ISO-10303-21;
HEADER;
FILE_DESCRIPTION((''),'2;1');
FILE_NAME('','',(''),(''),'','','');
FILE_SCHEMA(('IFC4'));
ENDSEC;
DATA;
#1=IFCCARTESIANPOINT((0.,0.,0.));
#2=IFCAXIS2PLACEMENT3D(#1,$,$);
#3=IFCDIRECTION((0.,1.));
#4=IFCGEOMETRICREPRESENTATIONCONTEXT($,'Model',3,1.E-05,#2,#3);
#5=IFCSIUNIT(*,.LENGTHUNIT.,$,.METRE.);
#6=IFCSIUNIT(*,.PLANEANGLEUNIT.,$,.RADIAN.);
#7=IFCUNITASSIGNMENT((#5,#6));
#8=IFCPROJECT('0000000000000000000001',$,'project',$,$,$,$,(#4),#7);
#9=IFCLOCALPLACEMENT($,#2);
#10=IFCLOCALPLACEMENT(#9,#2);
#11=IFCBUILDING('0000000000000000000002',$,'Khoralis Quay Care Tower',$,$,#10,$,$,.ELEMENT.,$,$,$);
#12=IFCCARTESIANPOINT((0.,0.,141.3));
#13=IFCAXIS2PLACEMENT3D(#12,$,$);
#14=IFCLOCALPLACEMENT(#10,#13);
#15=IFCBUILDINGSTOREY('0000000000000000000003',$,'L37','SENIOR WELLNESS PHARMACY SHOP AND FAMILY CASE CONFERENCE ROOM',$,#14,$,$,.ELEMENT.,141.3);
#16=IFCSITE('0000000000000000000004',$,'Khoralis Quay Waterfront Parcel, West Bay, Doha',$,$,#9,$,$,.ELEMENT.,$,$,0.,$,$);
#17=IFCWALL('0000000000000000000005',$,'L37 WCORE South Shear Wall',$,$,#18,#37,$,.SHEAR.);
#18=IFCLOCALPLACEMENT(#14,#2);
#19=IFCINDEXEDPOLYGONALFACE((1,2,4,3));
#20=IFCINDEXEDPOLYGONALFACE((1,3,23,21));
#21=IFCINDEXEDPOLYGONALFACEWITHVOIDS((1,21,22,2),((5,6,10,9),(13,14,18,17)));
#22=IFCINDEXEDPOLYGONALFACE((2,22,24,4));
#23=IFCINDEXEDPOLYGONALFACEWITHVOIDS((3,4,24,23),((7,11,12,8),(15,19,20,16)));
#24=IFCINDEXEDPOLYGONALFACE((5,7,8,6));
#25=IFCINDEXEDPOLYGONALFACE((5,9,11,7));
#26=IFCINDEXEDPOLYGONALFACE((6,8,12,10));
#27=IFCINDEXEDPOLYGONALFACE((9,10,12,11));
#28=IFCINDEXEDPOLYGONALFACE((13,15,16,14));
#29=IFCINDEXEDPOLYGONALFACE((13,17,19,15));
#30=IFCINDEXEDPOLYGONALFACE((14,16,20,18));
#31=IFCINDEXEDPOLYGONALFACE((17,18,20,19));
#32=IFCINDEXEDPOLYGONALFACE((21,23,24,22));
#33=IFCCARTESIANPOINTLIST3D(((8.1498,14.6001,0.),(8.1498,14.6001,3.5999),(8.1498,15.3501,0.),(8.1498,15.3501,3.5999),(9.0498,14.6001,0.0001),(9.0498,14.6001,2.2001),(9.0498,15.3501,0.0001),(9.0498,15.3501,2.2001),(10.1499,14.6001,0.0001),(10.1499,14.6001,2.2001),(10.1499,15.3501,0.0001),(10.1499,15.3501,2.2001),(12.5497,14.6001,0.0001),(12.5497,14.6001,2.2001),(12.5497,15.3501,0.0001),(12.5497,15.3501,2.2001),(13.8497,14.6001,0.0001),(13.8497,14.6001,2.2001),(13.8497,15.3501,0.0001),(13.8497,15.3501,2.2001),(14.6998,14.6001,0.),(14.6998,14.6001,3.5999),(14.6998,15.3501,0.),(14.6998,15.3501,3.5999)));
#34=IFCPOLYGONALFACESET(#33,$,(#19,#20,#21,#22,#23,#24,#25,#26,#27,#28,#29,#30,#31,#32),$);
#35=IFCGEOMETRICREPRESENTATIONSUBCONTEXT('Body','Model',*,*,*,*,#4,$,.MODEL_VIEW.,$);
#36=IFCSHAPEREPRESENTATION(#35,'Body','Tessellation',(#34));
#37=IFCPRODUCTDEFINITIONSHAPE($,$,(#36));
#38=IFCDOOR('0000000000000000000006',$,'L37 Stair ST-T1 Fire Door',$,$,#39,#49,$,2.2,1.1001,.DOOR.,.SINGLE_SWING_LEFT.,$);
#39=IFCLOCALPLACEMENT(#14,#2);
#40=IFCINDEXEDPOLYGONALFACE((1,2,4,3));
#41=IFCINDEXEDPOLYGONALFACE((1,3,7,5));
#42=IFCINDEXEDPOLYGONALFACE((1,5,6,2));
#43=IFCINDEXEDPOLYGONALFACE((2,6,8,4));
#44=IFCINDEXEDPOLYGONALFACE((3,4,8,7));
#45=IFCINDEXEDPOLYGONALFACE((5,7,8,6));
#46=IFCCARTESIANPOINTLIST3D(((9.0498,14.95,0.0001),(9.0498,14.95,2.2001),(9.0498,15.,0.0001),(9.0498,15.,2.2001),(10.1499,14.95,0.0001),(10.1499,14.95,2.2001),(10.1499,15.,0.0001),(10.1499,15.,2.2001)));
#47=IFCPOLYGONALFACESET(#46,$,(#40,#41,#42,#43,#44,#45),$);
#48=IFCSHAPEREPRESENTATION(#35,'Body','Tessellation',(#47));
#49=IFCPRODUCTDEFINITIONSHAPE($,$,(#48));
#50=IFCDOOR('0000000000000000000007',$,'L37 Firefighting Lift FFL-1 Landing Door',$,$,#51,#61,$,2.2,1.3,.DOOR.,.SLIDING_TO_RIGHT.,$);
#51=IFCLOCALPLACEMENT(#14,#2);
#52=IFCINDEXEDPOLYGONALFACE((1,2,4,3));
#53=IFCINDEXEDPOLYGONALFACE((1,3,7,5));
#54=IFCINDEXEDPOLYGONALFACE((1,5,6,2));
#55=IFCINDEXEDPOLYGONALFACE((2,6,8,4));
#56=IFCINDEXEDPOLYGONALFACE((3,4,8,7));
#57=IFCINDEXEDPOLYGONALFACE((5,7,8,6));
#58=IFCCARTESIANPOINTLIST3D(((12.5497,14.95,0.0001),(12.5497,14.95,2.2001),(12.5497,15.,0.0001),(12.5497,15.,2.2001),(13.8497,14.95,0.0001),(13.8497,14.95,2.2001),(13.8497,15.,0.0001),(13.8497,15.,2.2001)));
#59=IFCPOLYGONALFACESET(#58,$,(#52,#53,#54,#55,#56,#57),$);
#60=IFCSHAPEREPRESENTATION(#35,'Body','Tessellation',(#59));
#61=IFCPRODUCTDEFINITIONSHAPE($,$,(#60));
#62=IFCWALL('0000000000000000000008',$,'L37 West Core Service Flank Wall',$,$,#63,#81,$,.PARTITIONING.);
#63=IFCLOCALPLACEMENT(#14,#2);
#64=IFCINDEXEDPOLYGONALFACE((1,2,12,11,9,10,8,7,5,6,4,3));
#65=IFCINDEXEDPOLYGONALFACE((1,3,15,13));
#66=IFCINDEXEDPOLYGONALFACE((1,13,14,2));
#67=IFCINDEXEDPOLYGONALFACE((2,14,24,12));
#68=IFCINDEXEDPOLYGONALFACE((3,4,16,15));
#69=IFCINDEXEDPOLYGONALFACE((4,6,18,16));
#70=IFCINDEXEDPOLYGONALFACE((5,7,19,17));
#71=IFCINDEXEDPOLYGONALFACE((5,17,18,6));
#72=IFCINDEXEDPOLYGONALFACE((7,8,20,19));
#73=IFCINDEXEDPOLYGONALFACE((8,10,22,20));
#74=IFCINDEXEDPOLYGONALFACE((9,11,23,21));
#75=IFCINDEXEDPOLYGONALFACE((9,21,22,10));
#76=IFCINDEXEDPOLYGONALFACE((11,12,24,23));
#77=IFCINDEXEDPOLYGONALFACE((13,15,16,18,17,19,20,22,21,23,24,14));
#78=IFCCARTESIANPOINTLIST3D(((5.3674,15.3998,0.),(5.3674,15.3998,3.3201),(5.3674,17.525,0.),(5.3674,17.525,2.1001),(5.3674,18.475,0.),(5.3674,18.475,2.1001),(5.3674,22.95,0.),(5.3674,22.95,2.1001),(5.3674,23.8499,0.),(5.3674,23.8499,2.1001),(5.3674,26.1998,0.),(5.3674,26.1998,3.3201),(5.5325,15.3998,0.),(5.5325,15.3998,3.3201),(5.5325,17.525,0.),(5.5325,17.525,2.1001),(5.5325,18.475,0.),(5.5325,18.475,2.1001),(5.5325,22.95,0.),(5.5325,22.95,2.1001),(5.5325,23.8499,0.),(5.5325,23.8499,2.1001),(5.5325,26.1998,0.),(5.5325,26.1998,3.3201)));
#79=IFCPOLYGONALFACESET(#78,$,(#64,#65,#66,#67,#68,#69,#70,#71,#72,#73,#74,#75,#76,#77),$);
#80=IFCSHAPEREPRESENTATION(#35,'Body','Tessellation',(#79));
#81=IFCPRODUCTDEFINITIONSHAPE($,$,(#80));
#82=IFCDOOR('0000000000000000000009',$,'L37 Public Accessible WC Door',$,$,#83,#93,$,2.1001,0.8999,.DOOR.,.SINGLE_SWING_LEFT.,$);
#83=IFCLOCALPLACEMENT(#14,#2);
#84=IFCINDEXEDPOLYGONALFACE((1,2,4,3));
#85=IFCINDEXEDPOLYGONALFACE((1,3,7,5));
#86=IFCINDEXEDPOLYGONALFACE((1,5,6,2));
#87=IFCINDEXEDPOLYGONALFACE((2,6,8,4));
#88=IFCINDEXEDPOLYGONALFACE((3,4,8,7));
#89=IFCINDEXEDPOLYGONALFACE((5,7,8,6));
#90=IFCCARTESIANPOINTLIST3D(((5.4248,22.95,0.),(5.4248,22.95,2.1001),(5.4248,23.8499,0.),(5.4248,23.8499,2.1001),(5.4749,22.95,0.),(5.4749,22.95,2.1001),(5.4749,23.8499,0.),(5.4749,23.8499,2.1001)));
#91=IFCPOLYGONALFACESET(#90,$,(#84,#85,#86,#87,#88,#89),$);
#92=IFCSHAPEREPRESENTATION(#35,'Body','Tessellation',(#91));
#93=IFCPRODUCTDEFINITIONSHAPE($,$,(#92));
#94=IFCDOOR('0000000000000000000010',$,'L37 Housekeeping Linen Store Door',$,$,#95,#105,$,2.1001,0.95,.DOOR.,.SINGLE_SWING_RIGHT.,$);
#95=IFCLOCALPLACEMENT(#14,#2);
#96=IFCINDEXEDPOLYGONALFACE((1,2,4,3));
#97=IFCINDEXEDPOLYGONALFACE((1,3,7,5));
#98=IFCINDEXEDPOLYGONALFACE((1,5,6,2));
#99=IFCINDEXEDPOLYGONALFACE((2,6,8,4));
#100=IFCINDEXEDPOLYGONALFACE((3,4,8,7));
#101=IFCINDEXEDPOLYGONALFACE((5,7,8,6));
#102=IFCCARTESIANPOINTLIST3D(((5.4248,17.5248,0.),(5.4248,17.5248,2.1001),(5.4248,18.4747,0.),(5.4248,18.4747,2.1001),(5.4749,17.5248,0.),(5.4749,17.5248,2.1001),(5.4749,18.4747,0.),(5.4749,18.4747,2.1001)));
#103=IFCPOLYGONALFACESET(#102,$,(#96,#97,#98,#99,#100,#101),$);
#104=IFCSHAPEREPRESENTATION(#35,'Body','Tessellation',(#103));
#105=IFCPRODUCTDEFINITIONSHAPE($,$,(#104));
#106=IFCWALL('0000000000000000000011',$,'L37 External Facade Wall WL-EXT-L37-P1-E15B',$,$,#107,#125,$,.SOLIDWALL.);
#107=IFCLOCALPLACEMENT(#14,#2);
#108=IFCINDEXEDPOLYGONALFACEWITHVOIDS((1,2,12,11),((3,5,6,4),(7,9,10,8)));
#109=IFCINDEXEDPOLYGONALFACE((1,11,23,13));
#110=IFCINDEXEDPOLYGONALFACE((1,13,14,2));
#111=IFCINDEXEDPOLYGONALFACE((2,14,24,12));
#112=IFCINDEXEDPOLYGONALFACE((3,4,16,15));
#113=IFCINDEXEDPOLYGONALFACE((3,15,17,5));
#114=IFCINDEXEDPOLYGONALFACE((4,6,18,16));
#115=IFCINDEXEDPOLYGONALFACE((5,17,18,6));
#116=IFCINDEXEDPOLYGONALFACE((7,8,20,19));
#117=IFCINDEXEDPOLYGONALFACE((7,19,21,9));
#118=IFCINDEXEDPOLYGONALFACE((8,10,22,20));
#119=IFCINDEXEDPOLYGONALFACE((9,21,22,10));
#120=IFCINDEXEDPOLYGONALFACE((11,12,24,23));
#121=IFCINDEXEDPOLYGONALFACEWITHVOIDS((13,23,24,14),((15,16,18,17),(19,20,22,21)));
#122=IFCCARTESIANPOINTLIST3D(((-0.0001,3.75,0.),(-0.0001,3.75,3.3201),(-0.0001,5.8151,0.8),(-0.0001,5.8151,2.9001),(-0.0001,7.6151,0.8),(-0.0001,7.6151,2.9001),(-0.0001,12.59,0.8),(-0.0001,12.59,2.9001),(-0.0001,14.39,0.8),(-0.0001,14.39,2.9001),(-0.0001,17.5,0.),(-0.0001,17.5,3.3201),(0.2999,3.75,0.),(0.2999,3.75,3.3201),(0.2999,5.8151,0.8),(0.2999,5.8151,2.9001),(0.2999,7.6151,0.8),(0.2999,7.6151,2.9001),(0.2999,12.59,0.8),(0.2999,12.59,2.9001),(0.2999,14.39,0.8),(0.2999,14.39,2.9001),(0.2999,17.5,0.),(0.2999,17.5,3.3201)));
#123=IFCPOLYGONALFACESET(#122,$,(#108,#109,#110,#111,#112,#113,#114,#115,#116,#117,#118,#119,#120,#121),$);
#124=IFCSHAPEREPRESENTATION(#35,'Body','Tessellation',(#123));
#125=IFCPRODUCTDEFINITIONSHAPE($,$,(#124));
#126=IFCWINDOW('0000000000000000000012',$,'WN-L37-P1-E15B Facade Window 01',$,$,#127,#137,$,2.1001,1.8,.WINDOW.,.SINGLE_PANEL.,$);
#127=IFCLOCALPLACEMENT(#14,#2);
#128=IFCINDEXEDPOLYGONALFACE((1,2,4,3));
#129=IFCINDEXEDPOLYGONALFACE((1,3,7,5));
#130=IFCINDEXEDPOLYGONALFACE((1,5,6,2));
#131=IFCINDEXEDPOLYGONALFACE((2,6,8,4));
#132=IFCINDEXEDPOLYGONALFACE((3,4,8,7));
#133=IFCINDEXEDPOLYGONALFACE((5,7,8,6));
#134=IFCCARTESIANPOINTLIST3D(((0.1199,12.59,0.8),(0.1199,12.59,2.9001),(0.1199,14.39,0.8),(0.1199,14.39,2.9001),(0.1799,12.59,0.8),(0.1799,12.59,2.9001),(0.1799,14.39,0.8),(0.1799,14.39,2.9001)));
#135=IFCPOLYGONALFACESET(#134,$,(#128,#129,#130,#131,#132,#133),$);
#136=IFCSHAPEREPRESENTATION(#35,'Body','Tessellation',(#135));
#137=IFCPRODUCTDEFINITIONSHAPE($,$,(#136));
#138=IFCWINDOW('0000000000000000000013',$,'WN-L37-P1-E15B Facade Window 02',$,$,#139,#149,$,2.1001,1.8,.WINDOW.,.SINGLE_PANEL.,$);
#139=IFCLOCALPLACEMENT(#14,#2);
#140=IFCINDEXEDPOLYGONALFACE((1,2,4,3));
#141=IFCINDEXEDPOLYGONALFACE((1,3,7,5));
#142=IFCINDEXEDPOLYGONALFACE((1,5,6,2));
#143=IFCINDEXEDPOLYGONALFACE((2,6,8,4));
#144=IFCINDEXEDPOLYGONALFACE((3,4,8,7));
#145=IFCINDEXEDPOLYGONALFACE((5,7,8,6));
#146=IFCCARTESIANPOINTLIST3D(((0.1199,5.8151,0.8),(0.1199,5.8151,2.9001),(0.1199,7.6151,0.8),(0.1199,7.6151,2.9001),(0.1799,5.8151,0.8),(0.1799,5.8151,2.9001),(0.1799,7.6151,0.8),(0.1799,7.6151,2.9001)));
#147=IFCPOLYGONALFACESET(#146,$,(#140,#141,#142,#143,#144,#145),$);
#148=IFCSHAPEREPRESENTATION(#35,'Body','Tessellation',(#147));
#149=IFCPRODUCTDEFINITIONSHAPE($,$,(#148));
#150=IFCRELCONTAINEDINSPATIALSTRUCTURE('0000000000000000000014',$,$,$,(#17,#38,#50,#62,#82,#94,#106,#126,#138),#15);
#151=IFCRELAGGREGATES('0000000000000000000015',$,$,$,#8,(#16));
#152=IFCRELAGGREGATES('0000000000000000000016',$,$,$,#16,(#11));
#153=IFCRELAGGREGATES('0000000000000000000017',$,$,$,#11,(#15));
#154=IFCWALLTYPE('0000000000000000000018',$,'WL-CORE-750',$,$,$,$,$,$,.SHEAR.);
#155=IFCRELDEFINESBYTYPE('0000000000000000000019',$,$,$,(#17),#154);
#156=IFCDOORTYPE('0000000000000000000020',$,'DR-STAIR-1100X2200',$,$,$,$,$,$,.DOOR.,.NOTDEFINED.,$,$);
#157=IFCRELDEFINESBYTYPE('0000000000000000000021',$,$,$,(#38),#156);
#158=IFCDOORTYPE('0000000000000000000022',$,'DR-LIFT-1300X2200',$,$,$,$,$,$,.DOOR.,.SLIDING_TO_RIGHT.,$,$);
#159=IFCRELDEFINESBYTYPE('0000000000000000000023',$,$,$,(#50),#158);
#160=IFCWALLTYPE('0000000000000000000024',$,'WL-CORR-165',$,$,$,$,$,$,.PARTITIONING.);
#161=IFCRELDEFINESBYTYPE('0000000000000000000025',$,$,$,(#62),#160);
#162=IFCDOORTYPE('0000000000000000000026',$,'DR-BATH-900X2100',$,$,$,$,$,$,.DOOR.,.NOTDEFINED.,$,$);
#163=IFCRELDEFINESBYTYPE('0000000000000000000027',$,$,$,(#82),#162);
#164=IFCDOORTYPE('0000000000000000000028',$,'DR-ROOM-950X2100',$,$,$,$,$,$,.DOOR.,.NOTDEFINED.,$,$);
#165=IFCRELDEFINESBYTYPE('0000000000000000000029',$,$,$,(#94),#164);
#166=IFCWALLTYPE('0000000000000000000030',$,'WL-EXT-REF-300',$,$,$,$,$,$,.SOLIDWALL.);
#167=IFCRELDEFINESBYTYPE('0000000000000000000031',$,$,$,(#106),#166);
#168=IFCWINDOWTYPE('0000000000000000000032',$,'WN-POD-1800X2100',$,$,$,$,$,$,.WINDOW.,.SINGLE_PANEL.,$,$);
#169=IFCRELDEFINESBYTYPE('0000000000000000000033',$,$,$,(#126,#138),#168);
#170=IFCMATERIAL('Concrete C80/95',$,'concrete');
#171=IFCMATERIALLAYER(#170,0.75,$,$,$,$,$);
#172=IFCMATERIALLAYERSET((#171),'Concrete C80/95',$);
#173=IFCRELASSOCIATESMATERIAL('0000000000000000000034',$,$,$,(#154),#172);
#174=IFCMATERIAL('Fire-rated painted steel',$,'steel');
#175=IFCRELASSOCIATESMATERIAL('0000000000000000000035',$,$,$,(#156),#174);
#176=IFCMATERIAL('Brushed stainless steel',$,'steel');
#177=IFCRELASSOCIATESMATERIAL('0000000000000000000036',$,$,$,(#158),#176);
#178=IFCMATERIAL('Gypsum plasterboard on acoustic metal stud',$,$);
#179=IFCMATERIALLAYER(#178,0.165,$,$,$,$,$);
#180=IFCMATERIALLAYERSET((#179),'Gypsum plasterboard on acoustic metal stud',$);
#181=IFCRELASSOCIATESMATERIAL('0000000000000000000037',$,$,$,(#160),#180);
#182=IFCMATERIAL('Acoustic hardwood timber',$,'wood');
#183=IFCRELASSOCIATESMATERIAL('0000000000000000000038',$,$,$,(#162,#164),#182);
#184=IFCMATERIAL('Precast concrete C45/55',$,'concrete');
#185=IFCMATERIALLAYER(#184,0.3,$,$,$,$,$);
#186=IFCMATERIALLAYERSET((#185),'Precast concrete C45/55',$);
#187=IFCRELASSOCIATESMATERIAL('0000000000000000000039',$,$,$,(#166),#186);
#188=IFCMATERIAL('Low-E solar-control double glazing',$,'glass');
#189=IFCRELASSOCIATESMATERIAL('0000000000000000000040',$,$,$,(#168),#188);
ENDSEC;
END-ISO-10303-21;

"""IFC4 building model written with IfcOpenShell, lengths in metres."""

from ifc_helpers import new_model, si_unit, direction, frame, frame_2d, origin, place, context, subcontext, project, spatial, rectangle, extrude, source, transform, mapped, material, layer, layer_set, type_object, element, fill, save


model = new_model("IFC4")

# Units and contexts
model_context = context("Model", 3, precision=1e-05, world=origin(), true_north=direction((0.0, 1.0)))
body_context = subcontext(model_context, "Body", "Model", "MODEL_VIEW")
ifc_project = project(units=[si_unit("LENGTHUNIT", "METRE"), si_unit("PLANEANGLEUNIT", "RADIAN")], contexts=[model_context])

# Site, building, storey
site_placement = place(None, origin())
site = spatial("IfcSite", under=ifc_project, at=site_placement, Name="Khoralis Quay Waterfront Parcel, West Bay, Doha", CompositionType="ELEMENT", RefElevation=0.0)
building_placement = place(site_placement, origin())
building = spatial("IfcBuilding", under=site, at=building_placement, Name="Khoralis Quay Care Tower", CompositionType="ELEMENT")
storey_placement = place(building_placement, frame((0.0, 0.0, 141.3)))
storey = spatial("IfcBuildingStorey", under=building, at=storey_placement, Name="L37", Description="SENIOR WELLNESS PHARMACY SHOP AND FAMILY CASE CONFERENCE ROOM", CompositionType="ELEMENT", Elevation=141.3)

# Walls, openings, doors
ifc_material_1 = material(Name="Concrete C80/95", Category="concrete")
ifc_layer_1 = layer(ifc_material_1, 0.75)
ifc_layer_set_1 = layer_set([ifc_layer_1], Name="Concrete C80/95")
wall_type_1 = type_object("IfcWallType", Name="WL-CORE-750", PredefinedType="SHEAR", material=ifc_layer_set_1)
wall_1_placement = place(storey_placement, frame((8.1499, 14.9751, 0.0), z_axis=(0.0, 0.0, 1.0), x_axis=(1.0, 0.0, 0.0)))
wall_1 = element("IfcWall", 1, at=wall_1_placement, inside=storey, type_object=wall_type_1, Name="L37 WCORE South Shear Wall", PredefinedType="SHEAR", context=body_context, shape_type="SweptSolid", body=[
    extrude(rectangle(XDim=6.55, YDim=0.75, at=frame_2d((3.2749, 0.0))), origin(), (0.0, 0.0, 1.0), 3.5999),
])
opening_1_placement = place(wall_1_placement, frame((0.8999, 0.0, 0.0)))
opening_1 = element("IfcOpeningElement", 2, at=opening_1_placement, cuts=wall_1, PredefinedType="OPENING", context=body_context, shape_type="SweptSolid", body=[
    extrude(rectangle(XDim=1.1001, YDim=2.2, at=frame_2d((0.55, 1.1001))), frame((0.0, 0.385, 0.0), z_axis=(0.0, -1.0, 0.0), x_axis=(1.0, 0.0, 0.0)), (0.0, 0.0, 1.0), 0.77),
])
opening_2_placement = place(wall_1_placement, frame((4.3999, 0.0, 0.0)))
opening_2 = element("IfcOpeningElement", 3, at=opening_2_placement, cuts=wall_1, PredefinedType="OPENING", context=body_context, shape_type="SweptSolid", body=[
    extrude(rectangle(XDim=1.3, YDim=2.2, at=frame_2d((0.6499, 1.1001))), frame((0.0, 0.385, 0.0), z_axis=(0.0, -1.0, 0.0), x_axis=(1.0, 0.0, 0.0)), (0.0, 0.0, 1.0), 0.77),
])
ifc_material_2 = material(Name="Fire-rated painted steel", Category="steel")
door_type_1 = type_object("IfcDoorType", Name="DR-STAIR-1100X2200", OperationType="NOTDEFINED", PredefinedType="DOOR", material=ifc_material_2)
shared_shape_1 = source(origin(), body_context, "Body", "SweptSolid", [
    extrude(rectangle(XDim=1.1001, YDim=2.2, at=frame_2d((0.55, 1.1001))), frame((0.0, 0.0249, 0.0), z_axis=(0.0, -1.0, 0.0), x_axis=(1.0, 0.0, 0.0)), (0.0, 0.0, 1.0), 0.05),
])
door_1_placement = place(opening_1_placement, origin())
door_1 = element("IfcDoor", 4, at=door_1_placement, inside=storey, type_object=door_type_1, Name="L37 Stair ST-T1 Fire Door", OperationType="SINGLE_SWING_LEFT", OverallHeight=2.2, OverallWidth=1.1001, PredefinedType="DOOR", context=body_context, shape_type="MappedRepresentation", body=[
    mapped(shared_shape_1, transform((0.0, 0.0, 0.0), scale=1.0)),
])
fill(opening_1, door_1)
ifc_material_3 = material(Name="Brushed stainless steel", Category="steel")
door_type_2 = type_object("IfcDoorType", Name="DR-LIFT-1300X2200", OperationType="SLIDING_TO_RIGHT", PredefinedType="DOOR", material=ifc_material_3)
shared_shape_2 = source(origin(), body_context, "Body", "SweptSolid", [
    extrude(rectangle(XDim=1.3, YDim=2.2, at=frame_2d((0.6499, 1.1001))), frame((0.0, 0.0249, 0.0), z_axis=(0.0, -1.0, 0.0), x_axis=(1.0, 0.0, 0.0)), (0.0, 0.0, 1.0), 0.05),
])
door_2_placement = place(opening_2_placement, origin())
door_2 = element("IfcDoor", 5, at=door_2_placement, inside=storey, type_object=door_type_2, Name="L37 Firefighting Lift FFL-1 Landing Door", OperationType="SLIDING_TO_RIGHT", OverallHeight=2.2, OverallWidth=1.3, PredefinedType="DOOR", context=body_context, shape_type="MappedRepresentation", body=[
    mapped(shared_shape_2, transform((0.0, 0.0, 0.0), scale=1.0)),
])
fill(opening_2, door_2)
ifc_material_4 = material(Name="Gypsum plasterboard on acoustic metal stud")
ifc_layer_2 = layer(ifc_material_4, 0.165)
ifc_layer_set_2 = layer_set([ifc_layer_2], Name="Gypsum plasterboard on acoustic metal stud")
wall_type_2 = type_object("IfcWallType", Name="WL-CORR-165", PredefinedType="PARTITIONING", material=ifc_layer_set_2)
wall_2_placement = place(storey_placement, frame((5.45, 15.3999, 0.0), z_axis=(0.0, 0.0, 1.0), x_axis=(0.0, 1.0, 0.0)))
wall_2 = element("IfcWall", 6, at=wall_2_placement, inside=storey, type_object=wall_type_2, Name="L37 West Core Service Flank Wall", PredefinedType="PARTITIONING", context=body_context, shape_type="SweptSolid", body=[
    extrude(rectangle(XDim=10.8, YDim=0.165, at=frame_2d((5.3999, 0.0))), origin(), (0.0, 0.0, 1.0), 3.3201),
])
opening_3_placement = place(wall_2_placement, frame((2.125, 0.0, 0.0)))
opening_3 = element("IfcOpeningElement", 7, at=opening_3_placement, cuts=wall_2, PredefinedType="OPENING", context=body_context, shape_type="SweptSolid", body=[
    extrude(rectangle(XDim=0.95, YDim=2.1001, at=frame_2d((0.4751, 1.05))), frame((0.0, 0.0925, 0.0), z_axis=(0.0, -1.0, 0.0), x_axis=(1.0, 0.0, 0.0)), (0.0, 0.0, 1.0), 0.1851),
])
opening_4_placement = place(wall_2_placement, frame((7.55, 0.0, 0.0)))
opening_4 = element("IfcOpeningElement", 8, at=opening_4_placement, cuts=wall_2, PredefinedType="OPENING", context=body_context, shape_type="SweptSolid", body=[
    extrude(rectangle(XDim=0.8999, YDim=2.1001, at=frame_2d((0.45, 1.05))), frame((0.0, 0.0925, 0.0), z_axis=(0.0, -1.0, 0.0), x_axis=(1.0, 0.0, 0.0)), (0.0, 0.0, 1.0), 0.1851),
])
ifc_material_5 = material(Name="Acoustic hardwood timber", Category="wood")
door_type_3 = type_object("IfcDoorType", Name="DR-BATH-900X2100", OperationType="NOTDEFINED", PredefinedType="DOOR", material=ifc_material_5)
shared_shape_3 = source(origin(), body_context, "Body", "SweptSolid", [
    extrude(rectangle(XDim=0.8999, YDim=2.1001, at=frame_2d((0.45, 1.05))), frame((0.0, 0.0249, 0.0), z_axis=(0.0, -1.0, 0.0), x_axis=(1.0, 0.0, 0.0)), (0.0, 0.0, 1.0), 0.05),
])
door_3_placement = place(opening_4_placement, frame((0.8999, 0.0, 0.0), z_axis=(0.0, 0.0, 1.0), x_axis=(-1.0, 0.0, 0.0)))
door_3 = element("IfcDoor", 9, at=door_3_placement, inside=storey, type_object=door_type_3, Name="L37 Public Accessible WC Door", OperationType="SINGLE_SWING_LEFT", OverallHeight=2.1001, OverallWidth=0.8999, PredefinedType="DOOR", context=body_context, shape_type="MappedRepresentation", body=[
    mapped(shared_shape_3, transform((0.0, 0.0, 0.0), scale=1.0)),
])
fill(opening_4, door_3)
door_type_4 = type_object("IfcDoorType", Name="DR-ROOM-950X2100", OperationType="NOTDEFINED", PredefinedType="DOOR", material=ifc_material_5)
shared_shape_4 = source(origin(), body_context, "Body", "SweptSolid", [
    extrude(rectangle(XDim=0.95, YDim=2.1001, at=frame_2d((0.4751, 1.05))), frame((0.0, 0.0249, 0.0), z_axis=(0.0, -1.0, 0.0), x_axis=(1.0, 0.0, 0.0)), (0.0, 0.0, 1.0), 0.05),
])
door_4_placement = place(opening_3_placement, frame((0.95, 0.0, 0.0), z_axis=(0.0, 0.0, 1.0), x_axis=(-1.0, 0.0, 0.0)))
door_4 = element("IfcDoor", 10, at=door_4_placement, inside=storey, type_object=door_type_4, Name="L37 Housekeeping Linen Store Door", OperationType="SINGLE_SWING_RIGHT", OverallHeight=2.1001, OverallWidth=0.95, PredefinedType="DOOR", context=body_context, shape_type="MappedRepresentation", body=[
    mapped(shared_shape_4, transform((0.0, 0.0, 0.0), scale=1.0)),
])
fill(opening_3, door_4)

# Wall, openings, windows
ifc_material_6 = material(Name="Precast concrete C45/55", Category="concrete")
ifc_layer_3 = layer(ifc_material_6, 0.3)
ifc_layer_set_3 = layer_set([ifc_layer_3], Name="Precast concrete C45/55")
wall_type_3 = type_object("IfcWallType", Name="WL-EXT-REF-300", PredefinedType="SOLIDWALL", material=ifc_layer_set_3)
wall_3_placement = place(storey_placement, frame((0.1499, 17.5, 0.0), z_axis=(0.0, 0.0, 1.0), x_axis=(0.0, -1.0, 0.0)))
wall_3 = element("IfcWall", 11, at=wall_3_placement, inside=storey, type_object=wall_type_3, Name="L37 External Facade Wall WL-EXT-L37-P1-E15B", PredefinedType="SOLIDWALL", context=body_context, shape_type="SweptSolid", body=[
    extrude(rectangle(XDim=13.75, YDim=0.3, at=frame_2d((6.875, 0.0))), origin(), (0.0, 0.0, 1.0), 3.3201),
])
opening_5_placement = place(wall_3_placement, frame((3.1101, 0.0, 0.8)))
opening_5 = element("IfcOpeningElement", 12, at=opening_5_placement, cuts=wall_3, PredefinedType="OPENING", context=body_context, shape_type="SweptSolid", body=[
    extrude(rectangle(XDim=1.8, YDim=2.1001, at=frame_2d((0.8999, 1.05))), frame((0.0, 0.1602, 0.0), z_axis=(0.0, -1.0, 0.0), x_axis=(1.0, 0.0, 0.0)), (0.0, 0.0, 1.0), 0.3201),
])
opening_6_placement = place(wall_3_placement, frame((9.885, 0.0, 0.8)))
opening_6 = element("IfcOpeningElement", 13, at=opening_6_placement, cuts=wall_3, PredefinedType="OPENING", context=body_context, shape_type="SweptSolid", body=[
    extrude(rectangle(XDim=1.8, YDim=2.1001, at=frame_2d((0.8999, 1.05))), frame((0.0, 0.1602, 0.0), z_axis=(0.0, -1.0, 0.0), x_axis=(1.0, 0.0, 0.0)), (0.0, 0.0, 1.0), 0.3201),
])
ifc_material_7 = material(Name="Low-E solar-control double glazing", Category="glass")
window_type = type_object("IfcWindowType", Name="WN-POD-1800X2100", PartitioningType="SINGLE_PANEL", PredefinedType="WINDOW", material=ifc_material_7)
shared_shape_5 = source(origin(), body_context, "Body", "SweptSolid", [
    extrude(rectangle(XDim=1.8, YDim=2.1001, at=frame_2d((0.8999, 1.05))), frame((0.0, 0.03, 0.0), z_axis=(0.0, -1.0, 0.0), x_axis=(1.0, 0.0, 0.0)), (0.0, 0.0, 1.0), 0.0601),
])
window_1_placement = place(opening_5_placement, origin())
window_1 = element("IfcWindow", 14, at=window_1_placement, inside=storey, type_object=window_type, Name="WN-L37-P1-E15B Facade Window 01", OverallHeight=2.1001, OverallWidth=1.8, PartitioningType="SINGLE_PANEL", PredefinedType="WINDOW", context=body_context, shape_type="MappedRepresentation", body=[
    mapped(shared_shape_5, transform((0.0, 0.0, 0.0), scale=1.0)),
])
fill(opening_5, window_1)
window_2_placement = place(opening_6_placement, origin())
window_2 = element("IfcWindow", 15, at=window_2_placement, inside=storey, type_object=window_type, Name="WN-L37-P1-E15B Facade Window 02", OverallHeight=2.1001, OverallWidth=1.8, PartitioningType="SINGLE_PANEL", PredefinedType="WINDOW", context=body_context, shape_type="MappedRepresentation", body=[
    mapped(shared_shape_5, transform((0.0, 0.0, 0.0), scale=1.0)),
])
fill(opening_6, window_2)

save(model, "model.ifc")
